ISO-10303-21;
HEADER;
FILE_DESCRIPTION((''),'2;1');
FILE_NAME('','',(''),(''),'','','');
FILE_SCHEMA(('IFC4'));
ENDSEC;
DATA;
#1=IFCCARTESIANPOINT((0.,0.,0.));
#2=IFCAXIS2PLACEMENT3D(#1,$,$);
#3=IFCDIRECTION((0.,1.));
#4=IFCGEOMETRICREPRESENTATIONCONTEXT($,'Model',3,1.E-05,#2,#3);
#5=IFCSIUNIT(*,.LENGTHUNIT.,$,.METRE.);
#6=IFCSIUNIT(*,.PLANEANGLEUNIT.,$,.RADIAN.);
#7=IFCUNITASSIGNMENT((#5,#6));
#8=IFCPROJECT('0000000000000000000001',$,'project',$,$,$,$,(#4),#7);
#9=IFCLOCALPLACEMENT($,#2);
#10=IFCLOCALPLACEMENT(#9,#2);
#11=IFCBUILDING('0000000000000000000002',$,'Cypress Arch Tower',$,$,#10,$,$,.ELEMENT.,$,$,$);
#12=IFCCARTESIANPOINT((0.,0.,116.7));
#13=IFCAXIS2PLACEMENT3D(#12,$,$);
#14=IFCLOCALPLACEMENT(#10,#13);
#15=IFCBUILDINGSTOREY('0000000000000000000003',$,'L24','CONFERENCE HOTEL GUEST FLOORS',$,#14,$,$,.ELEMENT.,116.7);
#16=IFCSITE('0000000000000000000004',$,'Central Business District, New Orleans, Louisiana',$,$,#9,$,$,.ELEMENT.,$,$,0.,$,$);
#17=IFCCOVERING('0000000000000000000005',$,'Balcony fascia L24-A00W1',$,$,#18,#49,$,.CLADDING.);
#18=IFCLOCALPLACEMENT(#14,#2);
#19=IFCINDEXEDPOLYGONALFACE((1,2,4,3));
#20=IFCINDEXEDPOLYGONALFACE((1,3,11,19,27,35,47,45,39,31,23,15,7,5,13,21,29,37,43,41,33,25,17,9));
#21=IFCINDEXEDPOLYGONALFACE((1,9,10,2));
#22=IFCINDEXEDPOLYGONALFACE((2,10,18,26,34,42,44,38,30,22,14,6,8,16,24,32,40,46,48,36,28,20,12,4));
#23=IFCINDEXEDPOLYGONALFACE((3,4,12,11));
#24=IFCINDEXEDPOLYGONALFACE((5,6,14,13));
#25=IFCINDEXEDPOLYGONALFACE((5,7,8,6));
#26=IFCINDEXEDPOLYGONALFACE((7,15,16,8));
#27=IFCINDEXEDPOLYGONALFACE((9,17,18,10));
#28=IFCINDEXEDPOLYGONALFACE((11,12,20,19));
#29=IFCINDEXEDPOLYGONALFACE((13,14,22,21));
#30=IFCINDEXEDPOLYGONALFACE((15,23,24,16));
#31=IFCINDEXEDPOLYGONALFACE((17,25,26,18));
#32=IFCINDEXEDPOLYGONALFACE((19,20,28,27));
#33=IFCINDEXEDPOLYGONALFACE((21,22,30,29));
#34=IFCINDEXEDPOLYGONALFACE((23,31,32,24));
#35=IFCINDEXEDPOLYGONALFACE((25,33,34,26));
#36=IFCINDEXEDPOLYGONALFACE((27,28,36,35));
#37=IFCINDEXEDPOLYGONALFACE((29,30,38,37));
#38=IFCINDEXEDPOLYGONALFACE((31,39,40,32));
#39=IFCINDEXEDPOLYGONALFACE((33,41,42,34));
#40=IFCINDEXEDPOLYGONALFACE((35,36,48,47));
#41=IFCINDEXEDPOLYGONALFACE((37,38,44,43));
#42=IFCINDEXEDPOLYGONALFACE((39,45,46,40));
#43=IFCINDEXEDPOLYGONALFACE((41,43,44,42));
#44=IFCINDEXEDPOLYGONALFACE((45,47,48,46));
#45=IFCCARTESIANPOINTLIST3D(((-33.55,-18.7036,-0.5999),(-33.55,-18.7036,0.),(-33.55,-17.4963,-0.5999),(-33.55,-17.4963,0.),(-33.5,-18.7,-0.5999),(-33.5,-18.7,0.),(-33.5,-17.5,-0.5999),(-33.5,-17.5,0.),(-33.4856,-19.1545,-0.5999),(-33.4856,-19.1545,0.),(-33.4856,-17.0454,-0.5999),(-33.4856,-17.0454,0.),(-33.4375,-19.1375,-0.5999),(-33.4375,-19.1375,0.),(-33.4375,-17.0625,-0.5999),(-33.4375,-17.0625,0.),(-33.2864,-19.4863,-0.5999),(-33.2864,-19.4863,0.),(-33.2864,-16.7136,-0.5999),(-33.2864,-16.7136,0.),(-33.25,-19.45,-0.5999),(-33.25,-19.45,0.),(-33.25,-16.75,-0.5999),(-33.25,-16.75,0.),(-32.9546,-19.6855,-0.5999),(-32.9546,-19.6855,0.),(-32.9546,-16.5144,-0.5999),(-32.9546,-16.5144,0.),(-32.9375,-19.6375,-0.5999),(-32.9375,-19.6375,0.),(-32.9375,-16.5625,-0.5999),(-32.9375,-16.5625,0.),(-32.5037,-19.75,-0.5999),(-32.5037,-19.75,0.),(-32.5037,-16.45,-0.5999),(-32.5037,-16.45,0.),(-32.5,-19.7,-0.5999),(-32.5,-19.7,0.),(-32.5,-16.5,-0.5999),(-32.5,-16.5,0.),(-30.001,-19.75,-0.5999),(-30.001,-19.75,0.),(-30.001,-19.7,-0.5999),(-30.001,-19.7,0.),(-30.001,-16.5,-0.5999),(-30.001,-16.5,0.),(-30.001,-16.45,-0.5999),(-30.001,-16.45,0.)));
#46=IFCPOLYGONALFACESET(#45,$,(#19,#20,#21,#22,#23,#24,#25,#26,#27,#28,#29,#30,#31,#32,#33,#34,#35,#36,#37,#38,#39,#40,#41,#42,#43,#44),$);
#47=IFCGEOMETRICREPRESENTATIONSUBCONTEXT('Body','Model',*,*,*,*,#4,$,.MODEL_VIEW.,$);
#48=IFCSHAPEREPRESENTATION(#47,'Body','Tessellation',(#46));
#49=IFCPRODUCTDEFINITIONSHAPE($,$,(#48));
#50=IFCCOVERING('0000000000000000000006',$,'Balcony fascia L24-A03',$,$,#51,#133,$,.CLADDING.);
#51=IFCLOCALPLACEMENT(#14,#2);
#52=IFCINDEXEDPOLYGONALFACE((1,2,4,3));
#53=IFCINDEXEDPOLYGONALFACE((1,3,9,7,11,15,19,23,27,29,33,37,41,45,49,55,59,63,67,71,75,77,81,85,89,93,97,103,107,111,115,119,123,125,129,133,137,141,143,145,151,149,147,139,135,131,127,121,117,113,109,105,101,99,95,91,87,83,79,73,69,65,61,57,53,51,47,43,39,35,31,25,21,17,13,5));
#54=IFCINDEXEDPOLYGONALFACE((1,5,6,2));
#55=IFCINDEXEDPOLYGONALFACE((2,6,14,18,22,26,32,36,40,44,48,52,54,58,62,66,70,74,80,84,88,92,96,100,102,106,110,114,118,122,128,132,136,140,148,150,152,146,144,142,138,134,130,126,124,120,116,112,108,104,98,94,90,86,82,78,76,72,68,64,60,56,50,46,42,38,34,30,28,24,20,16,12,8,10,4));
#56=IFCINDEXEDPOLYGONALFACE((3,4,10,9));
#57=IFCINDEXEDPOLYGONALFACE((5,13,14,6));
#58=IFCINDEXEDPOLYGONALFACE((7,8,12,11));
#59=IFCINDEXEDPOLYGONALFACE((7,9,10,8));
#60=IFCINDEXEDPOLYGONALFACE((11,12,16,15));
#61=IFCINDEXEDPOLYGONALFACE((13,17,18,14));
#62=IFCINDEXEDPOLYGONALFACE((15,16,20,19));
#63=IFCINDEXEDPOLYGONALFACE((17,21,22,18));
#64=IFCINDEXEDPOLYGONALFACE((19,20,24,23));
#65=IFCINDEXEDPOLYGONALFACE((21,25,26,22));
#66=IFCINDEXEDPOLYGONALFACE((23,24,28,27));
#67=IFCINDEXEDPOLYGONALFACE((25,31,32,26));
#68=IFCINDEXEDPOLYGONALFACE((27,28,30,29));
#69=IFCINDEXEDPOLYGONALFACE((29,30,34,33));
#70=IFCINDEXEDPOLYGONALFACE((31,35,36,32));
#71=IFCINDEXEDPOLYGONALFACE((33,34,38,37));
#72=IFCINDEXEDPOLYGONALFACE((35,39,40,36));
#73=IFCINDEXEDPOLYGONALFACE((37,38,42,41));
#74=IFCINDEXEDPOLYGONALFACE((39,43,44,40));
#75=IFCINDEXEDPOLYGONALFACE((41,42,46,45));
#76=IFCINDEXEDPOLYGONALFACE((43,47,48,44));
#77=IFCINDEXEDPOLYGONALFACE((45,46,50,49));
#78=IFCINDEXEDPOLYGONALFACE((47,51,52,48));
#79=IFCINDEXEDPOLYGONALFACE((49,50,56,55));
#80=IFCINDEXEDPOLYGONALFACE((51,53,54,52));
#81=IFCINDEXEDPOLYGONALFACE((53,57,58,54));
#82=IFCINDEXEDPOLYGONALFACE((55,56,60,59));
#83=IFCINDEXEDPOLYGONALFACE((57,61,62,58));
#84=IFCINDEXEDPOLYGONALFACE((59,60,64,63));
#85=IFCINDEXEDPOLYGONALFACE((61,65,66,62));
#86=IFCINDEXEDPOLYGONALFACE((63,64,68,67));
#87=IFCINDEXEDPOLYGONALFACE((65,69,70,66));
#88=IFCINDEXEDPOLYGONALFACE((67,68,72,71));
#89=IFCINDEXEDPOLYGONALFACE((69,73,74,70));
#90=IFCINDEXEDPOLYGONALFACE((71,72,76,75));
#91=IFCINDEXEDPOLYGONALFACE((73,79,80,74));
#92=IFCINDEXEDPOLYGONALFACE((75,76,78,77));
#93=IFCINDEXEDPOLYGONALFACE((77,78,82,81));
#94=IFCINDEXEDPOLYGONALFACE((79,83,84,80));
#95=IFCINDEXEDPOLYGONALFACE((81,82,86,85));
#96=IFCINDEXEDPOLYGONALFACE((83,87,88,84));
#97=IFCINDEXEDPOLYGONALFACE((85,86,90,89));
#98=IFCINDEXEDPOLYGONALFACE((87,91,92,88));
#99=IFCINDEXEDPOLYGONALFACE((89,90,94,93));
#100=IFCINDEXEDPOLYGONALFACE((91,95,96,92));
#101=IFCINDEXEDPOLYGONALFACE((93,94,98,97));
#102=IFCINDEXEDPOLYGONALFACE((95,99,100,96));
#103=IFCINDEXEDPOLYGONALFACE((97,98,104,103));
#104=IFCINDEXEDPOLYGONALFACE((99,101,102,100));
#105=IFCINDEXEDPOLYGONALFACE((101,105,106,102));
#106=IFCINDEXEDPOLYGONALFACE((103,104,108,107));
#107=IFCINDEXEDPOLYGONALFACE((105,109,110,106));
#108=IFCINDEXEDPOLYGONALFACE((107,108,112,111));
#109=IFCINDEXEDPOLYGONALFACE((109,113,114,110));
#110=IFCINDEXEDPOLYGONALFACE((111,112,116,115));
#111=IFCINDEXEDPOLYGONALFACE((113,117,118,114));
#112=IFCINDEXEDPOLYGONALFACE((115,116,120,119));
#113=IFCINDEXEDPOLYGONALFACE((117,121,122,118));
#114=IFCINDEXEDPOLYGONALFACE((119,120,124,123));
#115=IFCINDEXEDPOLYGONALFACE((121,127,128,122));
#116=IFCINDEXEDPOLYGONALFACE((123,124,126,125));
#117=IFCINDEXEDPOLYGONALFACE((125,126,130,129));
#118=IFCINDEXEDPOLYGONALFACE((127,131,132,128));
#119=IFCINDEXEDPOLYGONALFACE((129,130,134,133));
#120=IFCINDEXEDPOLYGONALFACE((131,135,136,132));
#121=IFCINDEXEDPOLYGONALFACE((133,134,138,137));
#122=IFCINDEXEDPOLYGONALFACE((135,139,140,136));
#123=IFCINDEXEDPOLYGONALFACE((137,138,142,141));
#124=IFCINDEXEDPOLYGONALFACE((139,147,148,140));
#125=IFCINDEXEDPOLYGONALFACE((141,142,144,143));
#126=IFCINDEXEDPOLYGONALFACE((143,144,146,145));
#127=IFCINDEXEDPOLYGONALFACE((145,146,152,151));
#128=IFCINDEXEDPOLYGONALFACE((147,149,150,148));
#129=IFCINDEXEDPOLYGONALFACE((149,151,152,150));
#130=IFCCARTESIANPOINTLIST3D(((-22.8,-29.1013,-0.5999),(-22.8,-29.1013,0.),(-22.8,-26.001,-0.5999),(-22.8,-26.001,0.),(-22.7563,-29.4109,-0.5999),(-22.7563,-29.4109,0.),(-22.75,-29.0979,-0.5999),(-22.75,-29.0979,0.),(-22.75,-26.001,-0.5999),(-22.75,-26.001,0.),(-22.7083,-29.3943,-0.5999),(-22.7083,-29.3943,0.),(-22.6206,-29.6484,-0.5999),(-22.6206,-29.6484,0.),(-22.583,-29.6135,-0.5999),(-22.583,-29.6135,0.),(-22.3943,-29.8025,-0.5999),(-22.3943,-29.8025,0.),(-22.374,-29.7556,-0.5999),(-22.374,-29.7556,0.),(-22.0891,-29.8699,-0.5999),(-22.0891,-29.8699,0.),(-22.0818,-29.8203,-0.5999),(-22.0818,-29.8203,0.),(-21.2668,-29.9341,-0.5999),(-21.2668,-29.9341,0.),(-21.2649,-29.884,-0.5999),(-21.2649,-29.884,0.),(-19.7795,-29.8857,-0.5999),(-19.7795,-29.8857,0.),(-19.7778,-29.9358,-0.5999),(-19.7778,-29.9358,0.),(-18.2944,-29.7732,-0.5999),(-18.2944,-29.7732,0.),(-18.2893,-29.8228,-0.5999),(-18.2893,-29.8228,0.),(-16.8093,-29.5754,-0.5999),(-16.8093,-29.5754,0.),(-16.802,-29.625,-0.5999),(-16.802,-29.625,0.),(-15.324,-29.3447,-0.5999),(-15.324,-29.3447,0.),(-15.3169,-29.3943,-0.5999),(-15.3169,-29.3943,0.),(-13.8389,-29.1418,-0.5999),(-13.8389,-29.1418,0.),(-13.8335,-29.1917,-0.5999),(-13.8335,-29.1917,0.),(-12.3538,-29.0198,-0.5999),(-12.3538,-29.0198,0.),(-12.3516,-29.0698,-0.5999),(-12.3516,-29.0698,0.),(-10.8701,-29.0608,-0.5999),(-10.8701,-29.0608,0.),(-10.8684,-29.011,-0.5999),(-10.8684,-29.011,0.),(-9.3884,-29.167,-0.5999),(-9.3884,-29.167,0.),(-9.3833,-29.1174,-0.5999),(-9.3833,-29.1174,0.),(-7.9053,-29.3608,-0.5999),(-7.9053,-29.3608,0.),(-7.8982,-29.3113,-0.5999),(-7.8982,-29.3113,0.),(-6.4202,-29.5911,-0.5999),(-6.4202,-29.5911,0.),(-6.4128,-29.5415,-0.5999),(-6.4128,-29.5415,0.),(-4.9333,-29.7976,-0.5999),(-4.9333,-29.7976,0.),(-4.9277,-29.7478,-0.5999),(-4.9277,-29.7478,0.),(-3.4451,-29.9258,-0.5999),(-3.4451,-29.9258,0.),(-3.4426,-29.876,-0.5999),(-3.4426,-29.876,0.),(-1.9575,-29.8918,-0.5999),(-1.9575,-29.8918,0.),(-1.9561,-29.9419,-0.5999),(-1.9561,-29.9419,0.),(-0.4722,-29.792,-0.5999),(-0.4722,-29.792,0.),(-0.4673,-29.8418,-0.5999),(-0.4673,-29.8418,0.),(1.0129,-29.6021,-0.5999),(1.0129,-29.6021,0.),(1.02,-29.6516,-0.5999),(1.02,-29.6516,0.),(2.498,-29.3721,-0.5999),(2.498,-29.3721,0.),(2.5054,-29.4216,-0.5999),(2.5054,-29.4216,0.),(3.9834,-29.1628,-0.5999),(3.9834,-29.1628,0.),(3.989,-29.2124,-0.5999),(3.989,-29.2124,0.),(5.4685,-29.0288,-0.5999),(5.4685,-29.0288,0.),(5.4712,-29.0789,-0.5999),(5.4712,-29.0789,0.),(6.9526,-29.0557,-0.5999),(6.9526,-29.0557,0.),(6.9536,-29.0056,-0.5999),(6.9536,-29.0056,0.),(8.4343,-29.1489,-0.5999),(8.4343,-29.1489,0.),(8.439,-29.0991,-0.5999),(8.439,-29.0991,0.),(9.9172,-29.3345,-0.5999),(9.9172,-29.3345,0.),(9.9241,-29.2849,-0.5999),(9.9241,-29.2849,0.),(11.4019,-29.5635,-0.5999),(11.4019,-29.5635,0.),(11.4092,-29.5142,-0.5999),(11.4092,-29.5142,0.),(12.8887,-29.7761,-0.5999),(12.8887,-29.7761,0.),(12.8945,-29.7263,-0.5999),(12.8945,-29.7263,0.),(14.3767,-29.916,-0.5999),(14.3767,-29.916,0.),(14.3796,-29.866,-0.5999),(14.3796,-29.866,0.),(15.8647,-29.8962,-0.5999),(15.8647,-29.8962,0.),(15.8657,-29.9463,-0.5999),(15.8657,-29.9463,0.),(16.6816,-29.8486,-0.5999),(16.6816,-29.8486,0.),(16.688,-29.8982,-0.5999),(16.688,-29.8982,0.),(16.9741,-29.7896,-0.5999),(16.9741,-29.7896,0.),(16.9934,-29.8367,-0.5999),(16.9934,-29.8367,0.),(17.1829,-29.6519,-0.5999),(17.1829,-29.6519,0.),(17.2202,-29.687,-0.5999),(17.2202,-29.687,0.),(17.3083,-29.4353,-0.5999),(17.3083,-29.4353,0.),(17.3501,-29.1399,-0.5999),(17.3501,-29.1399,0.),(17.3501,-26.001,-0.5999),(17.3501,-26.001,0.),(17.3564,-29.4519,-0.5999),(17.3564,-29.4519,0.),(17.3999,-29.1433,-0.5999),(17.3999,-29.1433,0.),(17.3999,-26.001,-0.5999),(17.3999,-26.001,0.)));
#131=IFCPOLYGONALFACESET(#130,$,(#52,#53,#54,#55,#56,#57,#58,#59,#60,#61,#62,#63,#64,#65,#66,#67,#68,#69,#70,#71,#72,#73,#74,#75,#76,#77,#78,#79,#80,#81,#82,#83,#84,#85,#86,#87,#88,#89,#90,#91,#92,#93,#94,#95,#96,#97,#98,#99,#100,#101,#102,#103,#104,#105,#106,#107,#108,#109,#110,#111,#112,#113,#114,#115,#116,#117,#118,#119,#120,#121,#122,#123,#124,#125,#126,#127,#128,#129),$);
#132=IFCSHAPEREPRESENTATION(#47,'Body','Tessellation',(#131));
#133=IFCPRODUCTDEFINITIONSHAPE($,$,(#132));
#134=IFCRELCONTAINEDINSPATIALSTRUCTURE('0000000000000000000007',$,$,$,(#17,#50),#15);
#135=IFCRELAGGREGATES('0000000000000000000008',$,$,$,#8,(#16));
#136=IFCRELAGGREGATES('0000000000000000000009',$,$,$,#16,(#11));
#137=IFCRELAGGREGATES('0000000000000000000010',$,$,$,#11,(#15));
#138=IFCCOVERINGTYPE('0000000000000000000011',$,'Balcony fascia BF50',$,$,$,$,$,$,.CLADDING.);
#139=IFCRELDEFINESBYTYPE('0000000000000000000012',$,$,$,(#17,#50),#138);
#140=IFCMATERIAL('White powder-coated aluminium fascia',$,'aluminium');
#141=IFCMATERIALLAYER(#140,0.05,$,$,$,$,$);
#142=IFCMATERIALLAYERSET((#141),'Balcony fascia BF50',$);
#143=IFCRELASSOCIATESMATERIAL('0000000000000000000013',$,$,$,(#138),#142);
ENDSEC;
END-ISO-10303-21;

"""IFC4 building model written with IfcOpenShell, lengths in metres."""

from ifc_helpers import new_model, si_unit, direction, frame, origin, place, context, subcontext, project, spatial, polyline, outline, extrude, material, layer, layer_set, type_object, element, save


model = new_model("IFC4")

# Units and contexts
model_context = context("Model", 3, precision=1e-05, world=origin(), true_north=direction((0.0, 1.0)))
body_context = subcontext(model_context, "Body", "Model", "MODEL_VIEW")
ifc_project = project(units=[si_unit("LENGTHUNIT", "METRE"), si_unit("PLANEANGLEUNIT", "RADIAN")], contexts=[model_context])

# Site, building, storey
site_placement = place(None, origin())
site = spatial("IfcSite", under=ifc_project, at=site_placement, Name="Central Business District, New Orleans, Louisiana", CompositionType="ELEMENT", RefElevation=0.0)
building_placement = place(site_placement, origin())
building = spatial("IfcBuilding", under=site, at=building_placement, Name="Cypress Arch Tower", CompositionType="ELEMENT")
storey_placement = place(building_placement, frame((0.0, 0.0, 116.7)))
storey = spatial("IfcBuildingStorey", under=building, at=storey_placement, Name="L24", Description="CONFERENCE HOTEL GUEST FLOORS", CompositionType="ELEMENT", Elevation=116.7)

# Coverings
ifc_material_1 = material(Name="White powder-coated aluminium fascia", Category="aluminium")
ifc_layer_1 = layer(ifc_material_1, 0.05)
ifc_layer_set_1 = layer_set([ifc_layer_1], Name="Balcony fascia BF50")
covering_type_1 = type_object("IfcCoveringType", Name="Balcony fascia BF50", PredefinedType="CLADDING", material=ifc_layer_set_1)
covering_1_placement = place(storey_placement, frame((0.0, 0.0, -0.5999)))
element("IfcCovering", 1, at=covering_1_placement, inside=storey, type_object=covering_type_1, Name="Balcony fascia L24-A00W1", PredefinedType="CLADDING", context=body_context, shape_type="SweptSolid", body=[
    extrude(outline(polyline([(-32.5037, -19.75), (-32.9546, -19.6855), (-33.2864, -19.4863), (-33.4856, -19.1545), (-33.55, -18.7036), (-33.55, -17.4963), (-33.4856, -17.0454), (-33.2864, -16.7136), (-32.9546, -16.5144), (-32.5037, -16.45), (-30.001, -16.45), (-30.001, -16.5), (-32.5, -16.5), (-32.9375, -16.5625), (-33.25, -16.75), (-33.4375, -17.0625), (-33.5, -17.5), (-33.5, -18.7), (-33.4375, -19.1375), (-33.25, -19.45), (-32.9375, -19.6375), (-32.5, -19.7), (-30.001, -19.7), (-30.001, -19.75), (-32.5037, -19.75)])), origin(), (0.0, 0.0, 1.0), 0.5999),
])
covering_2_placement = place(storey_placement, frame((0.0, 0.0, -0.5999)))
element("IfcCovering", 2, at=covering_2_placement, inside=storey, type_object=covering_type_1, Name="Balcony fascia L24-A03", PredefinedType="CLADDING", context=body_context, shape_type="SweptSolid", body=[
    extrude(outline(polyline([(17.3999, -29.1433), (17.3564, -29.4519), (17.2202, -29.687), (16.9934, -29.8367), (16.688, -29.8982), (15.8657, -29.9463), (14.3767, -29.916), (12.8887, -29.7761), (11.4019, -29.5635), (9.9172, -29.3345), (8.4343, -29.1489), (6.9526, -29.0557), (5.4712, -29.0789), (3.989, -29.2124), (2.5054, -29.4216), (1.02, -29.6516), (-0.4673, -29.8418), (-1.9561, -29.9419), (-3.4451, -29.9258), (-4.9333, -29.7976), (-6.4202, -29.5911), (-7.9053, -29.3608), (-9.3884, -29.167), (-10.8701, -29.0608), (-12.3516, -29.0698), (-13.8335, -29.1917), (-15.3169, -29.3943), (-16.802, -29.625), (-18.2893, -29.8228), (-19.7778, -29.9358), (-21.2668, -29.9341), (-22.0891, -29.8699), (-22.3943, -29.8025), (-22.6206, -29.6484), (-22.7563, -29.4109), (-22.8, -29.1013), (-22.8, -26.001), (-22.75, -26.001), (-22.75, -29.0979), (-22.7083, -29.3943), (-22.583, -29.6135), (-22.374, -29.7556), (-22.0818, -29.8203), (-21.2649, -29.884), (-19.7795, -29.8857), (-18.2944, -29.7732), (-16.8093, -29.5754), (-15.324, -29.3447), (-13.8389, -29.1418), (-12.3538, -29.0198), (-10.8684, -29.011), (-9.3833, -29.1174), (-7.8982, -29.3113), (-6.4128, -29.5415), (-4.9277, -29.7478), (-3.4426, -29.876), (-1.9575, -29.8918), (-0.4722, -29.792), (1.0129, -29.6021), (2.498, -29.3721), (3.9834, -29.1628), (5.4685, -29.0288), (6.9536, -29.0056), (8.439, -29.0991), (9.9241, -29.2849), (11.4092, -29.5142), (12.8945, -29.7263), (14.3796, -29.866), (15.8647, -29.8962), (16.6816, -29.8486), (16.9741, -29.7896), (17.1829, -29.6519), (17.3083, -29.4353), (17.3501, -29.1399), (17.3501, -26.001), (17.3999, -26.001), (17.3999, -29.1433)])), origin(), (0.0, 0.0, 1.0), 0.5999),
])

save(model, "model.ifc")
